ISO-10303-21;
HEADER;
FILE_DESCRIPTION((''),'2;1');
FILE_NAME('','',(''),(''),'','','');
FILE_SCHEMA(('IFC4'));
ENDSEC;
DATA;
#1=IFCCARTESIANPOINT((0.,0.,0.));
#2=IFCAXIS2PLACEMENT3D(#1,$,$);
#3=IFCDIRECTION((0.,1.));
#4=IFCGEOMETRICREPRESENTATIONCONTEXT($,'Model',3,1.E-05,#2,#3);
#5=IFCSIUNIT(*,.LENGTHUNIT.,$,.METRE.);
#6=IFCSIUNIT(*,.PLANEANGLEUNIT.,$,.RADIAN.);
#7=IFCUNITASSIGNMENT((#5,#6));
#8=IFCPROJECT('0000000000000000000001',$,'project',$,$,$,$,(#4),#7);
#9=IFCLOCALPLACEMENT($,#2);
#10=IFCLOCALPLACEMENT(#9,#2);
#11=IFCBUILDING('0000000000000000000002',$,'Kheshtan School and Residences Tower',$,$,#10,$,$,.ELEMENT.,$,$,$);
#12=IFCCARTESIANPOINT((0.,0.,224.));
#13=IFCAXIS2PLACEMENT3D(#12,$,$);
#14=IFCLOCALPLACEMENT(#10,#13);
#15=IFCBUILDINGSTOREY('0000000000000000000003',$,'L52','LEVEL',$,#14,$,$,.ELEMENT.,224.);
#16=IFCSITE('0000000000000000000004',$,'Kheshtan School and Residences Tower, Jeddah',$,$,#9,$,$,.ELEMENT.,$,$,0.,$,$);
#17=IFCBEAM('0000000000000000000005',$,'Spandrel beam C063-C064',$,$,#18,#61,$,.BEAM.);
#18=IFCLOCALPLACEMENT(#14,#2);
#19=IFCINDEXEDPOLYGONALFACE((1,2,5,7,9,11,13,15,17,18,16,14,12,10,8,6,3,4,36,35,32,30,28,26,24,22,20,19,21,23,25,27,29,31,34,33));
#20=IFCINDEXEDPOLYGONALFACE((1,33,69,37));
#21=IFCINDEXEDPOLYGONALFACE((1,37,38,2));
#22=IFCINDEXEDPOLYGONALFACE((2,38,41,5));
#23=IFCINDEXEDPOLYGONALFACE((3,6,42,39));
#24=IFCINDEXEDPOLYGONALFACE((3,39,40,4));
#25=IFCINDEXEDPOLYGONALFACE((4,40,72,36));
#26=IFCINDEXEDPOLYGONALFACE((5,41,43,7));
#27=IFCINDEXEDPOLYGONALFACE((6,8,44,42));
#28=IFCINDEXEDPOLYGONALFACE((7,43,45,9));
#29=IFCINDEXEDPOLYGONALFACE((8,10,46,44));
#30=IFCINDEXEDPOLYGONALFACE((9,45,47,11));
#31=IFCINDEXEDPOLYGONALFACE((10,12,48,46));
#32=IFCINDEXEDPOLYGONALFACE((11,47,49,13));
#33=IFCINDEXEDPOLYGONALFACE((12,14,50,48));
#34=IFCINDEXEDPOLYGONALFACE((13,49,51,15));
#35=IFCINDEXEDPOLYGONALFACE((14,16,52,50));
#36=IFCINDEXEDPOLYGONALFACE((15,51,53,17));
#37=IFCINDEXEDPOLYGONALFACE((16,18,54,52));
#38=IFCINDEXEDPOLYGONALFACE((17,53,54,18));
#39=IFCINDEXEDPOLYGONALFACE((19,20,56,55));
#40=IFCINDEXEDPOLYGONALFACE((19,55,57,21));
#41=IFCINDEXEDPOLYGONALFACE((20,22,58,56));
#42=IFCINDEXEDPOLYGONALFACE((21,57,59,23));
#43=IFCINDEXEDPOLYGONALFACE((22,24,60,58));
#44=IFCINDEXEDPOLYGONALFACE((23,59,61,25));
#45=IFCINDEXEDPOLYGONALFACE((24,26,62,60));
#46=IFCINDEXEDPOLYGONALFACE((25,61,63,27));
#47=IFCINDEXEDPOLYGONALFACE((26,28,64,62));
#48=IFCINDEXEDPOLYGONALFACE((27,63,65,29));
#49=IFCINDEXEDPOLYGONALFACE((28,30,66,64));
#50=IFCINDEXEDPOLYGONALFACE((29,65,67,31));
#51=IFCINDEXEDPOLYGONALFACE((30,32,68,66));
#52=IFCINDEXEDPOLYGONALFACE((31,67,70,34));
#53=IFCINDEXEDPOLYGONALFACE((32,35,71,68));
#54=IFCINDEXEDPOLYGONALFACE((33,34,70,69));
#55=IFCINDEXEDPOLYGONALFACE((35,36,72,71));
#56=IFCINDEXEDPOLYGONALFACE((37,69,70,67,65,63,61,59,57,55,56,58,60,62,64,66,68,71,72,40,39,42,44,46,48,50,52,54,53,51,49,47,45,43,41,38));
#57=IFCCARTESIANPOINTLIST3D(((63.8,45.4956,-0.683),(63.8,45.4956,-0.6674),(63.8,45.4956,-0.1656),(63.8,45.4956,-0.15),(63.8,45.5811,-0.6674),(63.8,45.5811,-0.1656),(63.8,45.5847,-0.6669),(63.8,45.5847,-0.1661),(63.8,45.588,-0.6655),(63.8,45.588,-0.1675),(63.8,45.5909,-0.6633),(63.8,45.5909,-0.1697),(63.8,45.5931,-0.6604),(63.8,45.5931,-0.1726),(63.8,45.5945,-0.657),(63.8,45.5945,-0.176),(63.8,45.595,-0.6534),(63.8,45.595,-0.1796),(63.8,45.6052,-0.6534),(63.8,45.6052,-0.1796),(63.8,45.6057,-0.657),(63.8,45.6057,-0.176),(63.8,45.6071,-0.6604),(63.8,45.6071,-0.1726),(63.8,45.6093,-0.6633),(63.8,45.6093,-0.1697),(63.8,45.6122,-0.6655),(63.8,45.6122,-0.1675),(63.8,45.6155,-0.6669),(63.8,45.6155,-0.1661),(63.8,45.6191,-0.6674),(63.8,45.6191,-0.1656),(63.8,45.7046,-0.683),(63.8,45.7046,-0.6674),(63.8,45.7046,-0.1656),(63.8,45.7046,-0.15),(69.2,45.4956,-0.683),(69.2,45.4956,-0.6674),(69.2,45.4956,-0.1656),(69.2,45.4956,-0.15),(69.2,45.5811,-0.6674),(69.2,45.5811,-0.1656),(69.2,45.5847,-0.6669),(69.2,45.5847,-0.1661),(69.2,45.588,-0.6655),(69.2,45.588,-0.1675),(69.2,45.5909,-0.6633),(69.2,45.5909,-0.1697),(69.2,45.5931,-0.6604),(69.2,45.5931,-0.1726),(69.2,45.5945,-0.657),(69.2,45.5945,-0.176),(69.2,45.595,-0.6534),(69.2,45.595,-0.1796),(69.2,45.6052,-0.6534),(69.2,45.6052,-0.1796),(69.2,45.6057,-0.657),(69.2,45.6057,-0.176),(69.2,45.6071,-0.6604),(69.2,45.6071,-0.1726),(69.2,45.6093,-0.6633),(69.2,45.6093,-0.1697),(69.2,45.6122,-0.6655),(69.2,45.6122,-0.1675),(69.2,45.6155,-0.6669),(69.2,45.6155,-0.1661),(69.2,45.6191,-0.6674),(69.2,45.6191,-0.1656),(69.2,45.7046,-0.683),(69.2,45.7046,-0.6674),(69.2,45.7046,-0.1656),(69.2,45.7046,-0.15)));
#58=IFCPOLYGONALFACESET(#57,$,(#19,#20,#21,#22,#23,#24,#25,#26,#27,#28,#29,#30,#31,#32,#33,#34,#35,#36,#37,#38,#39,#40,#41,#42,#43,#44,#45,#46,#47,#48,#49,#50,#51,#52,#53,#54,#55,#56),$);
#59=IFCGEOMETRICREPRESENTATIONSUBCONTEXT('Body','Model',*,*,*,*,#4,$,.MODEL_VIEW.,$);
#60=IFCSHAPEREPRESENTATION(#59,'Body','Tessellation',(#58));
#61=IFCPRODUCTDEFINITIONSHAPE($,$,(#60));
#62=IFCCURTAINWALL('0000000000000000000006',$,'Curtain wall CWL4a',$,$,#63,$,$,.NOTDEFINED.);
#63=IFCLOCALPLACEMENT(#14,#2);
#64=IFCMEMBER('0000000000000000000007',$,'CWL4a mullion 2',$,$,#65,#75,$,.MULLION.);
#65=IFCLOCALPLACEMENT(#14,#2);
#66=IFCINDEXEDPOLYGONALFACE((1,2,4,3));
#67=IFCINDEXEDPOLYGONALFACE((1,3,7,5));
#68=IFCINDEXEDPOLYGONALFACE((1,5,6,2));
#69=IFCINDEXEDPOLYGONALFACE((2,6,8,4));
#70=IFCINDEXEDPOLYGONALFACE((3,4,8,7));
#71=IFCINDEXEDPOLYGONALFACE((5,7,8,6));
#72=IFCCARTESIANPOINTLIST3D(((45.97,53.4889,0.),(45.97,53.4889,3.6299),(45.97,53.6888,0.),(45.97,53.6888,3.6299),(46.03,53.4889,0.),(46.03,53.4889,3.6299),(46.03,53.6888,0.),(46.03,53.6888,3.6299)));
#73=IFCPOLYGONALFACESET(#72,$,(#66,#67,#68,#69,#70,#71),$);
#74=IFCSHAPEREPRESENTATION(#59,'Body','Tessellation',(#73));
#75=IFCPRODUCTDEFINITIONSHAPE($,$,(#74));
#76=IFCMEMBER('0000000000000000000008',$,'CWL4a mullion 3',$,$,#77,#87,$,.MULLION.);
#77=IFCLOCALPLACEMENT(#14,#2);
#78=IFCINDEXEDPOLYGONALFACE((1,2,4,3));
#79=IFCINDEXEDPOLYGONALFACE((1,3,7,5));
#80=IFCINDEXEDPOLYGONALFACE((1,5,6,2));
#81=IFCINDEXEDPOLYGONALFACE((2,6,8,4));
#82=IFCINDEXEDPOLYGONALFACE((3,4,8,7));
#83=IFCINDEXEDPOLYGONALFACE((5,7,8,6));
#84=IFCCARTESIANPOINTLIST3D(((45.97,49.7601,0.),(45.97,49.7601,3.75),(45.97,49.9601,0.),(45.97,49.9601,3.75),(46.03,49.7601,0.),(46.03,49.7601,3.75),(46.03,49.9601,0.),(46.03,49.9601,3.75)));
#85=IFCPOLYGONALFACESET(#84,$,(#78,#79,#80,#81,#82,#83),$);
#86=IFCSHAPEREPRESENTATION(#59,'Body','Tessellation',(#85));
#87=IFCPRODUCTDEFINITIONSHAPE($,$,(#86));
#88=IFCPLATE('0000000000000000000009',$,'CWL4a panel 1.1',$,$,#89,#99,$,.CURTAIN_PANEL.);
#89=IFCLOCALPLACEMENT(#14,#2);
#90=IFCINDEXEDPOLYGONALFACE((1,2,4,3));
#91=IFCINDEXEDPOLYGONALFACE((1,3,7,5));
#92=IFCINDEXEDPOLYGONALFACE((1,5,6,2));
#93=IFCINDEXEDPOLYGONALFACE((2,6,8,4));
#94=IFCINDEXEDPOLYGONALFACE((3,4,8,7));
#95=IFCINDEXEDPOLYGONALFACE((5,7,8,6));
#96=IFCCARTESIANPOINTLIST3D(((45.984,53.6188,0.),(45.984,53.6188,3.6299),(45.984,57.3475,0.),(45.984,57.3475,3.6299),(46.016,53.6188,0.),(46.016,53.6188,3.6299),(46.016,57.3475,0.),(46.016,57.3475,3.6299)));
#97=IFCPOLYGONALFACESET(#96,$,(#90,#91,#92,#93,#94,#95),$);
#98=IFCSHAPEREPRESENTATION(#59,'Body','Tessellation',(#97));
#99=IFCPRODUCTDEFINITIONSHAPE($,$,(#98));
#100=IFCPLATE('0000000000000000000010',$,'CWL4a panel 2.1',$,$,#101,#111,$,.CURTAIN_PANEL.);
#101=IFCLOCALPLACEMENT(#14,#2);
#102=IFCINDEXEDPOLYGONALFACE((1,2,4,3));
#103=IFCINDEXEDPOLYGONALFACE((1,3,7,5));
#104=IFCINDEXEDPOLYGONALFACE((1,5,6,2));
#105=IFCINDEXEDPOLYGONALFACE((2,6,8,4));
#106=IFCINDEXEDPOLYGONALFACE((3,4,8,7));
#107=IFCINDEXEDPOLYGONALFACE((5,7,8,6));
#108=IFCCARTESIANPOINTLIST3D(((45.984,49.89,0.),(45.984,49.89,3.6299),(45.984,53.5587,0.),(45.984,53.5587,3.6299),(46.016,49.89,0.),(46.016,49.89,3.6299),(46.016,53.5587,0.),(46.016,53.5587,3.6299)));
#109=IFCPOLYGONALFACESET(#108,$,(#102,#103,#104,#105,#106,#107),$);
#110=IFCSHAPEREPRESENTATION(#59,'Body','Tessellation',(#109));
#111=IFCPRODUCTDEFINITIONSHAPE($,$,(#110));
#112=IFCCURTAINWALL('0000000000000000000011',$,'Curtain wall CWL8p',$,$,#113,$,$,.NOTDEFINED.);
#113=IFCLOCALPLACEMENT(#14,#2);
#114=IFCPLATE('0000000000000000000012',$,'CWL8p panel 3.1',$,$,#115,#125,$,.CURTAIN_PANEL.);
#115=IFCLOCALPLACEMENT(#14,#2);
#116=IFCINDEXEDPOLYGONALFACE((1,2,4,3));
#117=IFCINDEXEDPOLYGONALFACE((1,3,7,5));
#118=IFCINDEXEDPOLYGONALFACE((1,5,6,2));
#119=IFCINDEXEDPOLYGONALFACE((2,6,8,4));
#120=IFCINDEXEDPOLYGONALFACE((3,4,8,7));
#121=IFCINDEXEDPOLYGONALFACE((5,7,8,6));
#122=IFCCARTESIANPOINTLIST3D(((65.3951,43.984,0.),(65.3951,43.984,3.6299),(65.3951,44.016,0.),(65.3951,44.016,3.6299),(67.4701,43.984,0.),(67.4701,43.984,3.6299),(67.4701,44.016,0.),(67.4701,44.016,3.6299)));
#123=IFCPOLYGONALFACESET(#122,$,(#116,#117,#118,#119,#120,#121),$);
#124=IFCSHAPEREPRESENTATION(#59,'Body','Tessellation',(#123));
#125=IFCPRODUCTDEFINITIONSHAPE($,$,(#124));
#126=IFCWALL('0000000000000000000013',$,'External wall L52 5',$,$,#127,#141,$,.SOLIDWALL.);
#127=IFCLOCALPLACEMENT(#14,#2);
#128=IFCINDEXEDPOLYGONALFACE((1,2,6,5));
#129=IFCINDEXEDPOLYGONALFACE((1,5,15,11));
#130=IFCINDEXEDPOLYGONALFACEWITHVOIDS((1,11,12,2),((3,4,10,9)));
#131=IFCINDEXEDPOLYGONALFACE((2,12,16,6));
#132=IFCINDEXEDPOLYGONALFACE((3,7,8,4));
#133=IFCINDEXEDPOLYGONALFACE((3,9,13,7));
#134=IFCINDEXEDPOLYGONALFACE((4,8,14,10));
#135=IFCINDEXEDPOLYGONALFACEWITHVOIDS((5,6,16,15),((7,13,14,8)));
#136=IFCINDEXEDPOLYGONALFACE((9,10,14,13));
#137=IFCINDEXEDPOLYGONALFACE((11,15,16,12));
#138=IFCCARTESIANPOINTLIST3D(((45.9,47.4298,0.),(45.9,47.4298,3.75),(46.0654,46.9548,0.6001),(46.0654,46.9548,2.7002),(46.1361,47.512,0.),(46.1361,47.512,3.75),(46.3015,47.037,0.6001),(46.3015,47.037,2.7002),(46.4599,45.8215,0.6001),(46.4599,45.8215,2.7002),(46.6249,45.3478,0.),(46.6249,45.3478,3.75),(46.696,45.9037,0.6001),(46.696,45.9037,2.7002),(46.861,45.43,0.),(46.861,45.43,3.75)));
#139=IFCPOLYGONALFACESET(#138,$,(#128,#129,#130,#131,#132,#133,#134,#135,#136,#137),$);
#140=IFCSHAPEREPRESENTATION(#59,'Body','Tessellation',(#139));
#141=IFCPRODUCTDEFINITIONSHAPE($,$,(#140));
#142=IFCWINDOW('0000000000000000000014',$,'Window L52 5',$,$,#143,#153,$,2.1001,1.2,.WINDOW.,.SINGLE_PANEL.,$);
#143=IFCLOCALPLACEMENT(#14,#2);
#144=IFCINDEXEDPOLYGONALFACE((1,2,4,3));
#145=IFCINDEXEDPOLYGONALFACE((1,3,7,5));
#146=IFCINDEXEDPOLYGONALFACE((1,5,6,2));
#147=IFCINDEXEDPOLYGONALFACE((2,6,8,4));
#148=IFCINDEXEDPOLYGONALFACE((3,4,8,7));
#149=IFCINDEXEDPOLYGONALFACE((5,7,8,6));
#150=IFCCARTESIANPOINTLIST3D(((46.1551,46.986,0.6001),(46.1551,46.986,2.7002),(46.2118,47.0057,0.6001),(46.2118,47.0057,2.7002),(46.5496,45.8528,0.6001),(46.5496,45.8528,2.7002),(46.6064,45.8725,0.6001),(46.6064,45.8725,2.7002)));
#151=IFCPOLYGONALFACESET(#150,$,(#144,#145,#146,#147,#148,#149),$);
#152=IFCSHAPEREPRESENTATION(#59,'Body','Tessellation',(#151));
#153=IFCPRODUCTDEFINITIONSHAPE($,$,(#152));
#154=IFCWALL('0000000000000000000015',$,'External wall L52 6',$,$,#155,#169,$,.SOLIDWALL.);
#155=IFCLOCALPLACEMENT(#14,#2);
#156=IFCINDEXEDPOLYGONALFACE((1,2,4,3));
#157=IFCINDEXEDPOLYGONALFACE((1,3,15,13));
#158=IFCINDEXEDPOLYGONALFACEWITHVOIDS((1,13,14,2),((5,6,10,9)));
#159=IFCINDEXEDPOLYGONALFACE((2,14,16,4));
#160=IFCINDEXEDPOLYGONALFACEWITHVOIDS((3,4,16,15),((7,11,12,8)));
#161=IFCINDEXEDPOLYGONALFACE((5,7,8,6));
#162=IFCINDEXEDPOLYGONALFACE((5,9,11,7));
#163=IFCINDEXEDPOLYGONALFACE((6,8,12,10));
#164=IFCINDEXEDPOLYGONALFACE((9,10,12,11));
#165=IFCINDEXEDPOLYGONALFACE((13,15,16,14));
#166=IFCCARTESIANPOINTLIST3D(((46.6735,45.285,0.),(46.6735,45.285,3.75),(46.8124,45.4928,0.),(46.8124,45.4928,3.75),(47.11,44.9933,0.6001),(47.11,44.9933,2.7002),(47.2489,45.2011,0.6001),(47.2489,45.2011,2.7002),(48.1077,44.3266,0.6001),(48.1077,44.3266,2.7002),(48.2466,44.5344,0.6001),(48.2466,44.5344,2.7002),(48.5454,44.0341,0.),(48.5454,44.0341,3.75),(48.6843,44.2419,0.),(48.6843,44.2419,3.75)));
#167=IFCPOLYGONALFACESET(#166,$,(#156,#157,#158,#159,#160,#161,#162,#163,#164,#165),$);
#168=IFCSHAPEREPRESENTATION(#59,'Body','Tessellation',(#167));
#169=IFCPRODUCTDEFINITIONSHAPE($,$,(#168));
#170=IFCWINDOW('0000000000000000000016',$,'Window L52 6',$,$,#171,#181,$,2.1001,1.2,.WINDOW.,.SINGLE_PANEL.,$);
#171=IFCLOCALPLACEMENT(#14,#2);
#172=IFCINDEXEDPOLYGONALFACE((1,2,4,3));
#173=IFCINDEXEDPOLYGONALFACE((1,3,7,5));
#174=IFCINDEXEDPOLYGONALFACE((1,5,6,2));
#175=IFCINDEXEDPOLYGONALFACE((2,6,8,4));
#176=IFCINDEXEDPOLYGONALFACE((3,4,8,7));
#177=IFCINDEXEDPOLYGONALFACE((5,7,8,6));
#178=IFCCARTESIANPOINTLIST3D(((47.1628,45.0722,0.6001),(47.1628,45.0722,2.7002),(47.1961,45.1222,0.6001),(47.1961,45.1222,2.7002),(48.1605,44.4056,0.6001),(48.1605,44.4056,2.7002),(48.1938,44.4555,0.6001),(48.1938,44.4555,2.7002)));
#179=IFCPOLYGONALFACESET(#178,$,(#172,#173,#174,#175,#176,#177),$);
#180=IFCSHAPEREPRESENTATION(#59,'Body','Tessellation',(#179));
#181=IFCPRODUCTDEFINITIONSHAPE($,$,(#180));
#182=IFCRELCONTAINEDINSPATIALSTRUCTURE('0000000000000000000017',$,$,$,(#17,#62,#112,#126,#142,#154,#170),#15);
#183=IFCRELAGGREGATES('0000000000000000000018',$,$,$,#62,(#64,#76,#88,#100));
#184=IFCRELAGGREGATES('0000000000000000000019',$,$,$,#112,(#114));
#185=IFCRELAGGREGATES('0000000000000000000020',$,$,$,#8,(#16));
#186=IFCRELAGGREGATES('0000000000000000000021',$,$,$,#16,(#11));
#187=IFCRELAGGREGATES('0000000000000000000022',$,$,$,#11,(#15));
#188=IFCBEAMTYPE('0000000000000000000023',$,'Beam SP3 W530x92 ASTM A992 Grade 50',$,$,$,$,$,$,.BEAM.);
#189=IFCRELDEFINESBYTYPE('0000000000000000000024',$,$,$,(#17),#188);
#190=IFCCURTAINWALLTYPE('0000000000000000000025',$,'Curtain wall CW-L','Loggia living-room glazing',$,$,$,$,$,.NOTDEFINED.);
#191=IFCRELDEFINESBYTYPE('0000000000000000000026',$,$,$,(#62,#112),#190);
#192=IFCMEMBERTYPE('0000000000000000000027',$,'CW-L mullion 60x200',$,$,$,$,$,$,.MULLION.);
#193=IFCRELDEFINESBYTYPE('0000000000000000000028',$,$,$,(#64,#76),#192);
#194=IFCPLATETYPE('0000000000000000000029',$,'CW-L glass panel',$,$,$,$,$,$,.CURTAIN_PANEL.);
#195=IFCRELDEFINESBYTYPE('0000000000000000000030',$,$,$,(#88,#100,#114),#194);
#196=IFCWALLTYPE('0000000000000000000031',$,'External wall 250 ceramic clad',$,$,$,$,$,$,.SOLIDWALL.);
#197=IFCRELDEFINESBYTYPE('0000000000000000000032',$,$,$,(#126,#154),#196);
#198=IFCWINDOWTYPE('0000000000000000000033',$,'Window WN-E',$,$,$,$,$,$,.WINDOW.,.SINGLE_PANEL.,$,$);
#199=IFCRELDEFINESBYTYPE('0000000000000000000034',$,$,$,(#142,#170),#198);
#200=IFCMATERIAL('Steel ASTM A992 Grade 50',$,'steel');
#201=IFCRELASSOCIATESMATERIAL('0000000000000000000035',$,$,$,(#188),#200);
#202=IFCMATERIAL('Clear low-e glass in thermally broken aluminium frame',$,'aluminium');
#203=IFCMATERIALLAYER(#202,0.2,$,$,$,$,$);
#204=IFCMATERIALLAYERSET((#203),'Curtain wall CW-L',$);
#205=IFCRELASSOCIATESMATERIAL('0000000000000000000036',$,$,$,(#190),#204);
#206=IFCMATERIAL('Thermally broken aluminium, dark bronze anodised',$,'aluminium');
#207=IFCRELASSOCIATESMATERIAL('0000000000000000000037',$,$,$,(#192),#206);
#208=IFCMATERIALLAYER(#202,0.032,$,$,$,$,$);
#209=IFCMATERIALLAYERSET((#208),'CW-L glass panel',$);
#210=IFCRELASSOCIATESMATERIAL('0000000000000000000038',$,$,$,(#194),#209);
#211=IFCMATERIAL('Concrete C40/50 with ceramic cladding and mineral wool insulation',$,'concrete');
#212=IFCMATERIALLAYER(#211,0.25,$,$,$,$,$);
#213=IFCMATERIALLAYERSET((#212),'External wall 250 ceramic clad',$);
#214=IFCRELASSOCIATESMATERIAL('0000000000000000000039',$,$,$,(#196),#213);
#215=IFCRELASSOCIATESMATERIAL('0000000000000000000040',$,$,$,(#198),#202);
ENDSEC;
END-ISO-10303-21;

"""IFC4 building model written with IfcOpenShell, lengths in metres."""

from ifc_helpers import new_model, si_unit, direction, frame, frame_2d, origin, origin_2d, place, context, subcontext, project, spatial, rectangle, i_section, extrude, source, transform, mapped, material, layer, layer_set, material_profile, profile_set, type_object, element, fill, aggregate, save


model = new_model("IFC4")

# Units and contexts
model_context = context("Model", 3, precision=1e-05, world=origin(), true_north=direction((0.0, 1.0)))
body_context = subcontext(model_context, "Body", "Model", "MODEL_VIEW")
ifc_project = project(units=[si_unit("LENGTHUNIT", "METRE"), si_unit("PLANEANGLEUNIT", "RADIAN")], contexts=[model_context])

# Site, building, storey
site_placement = place(None, origin())
site = spatial("IfcSite", under=ifc_project, at=site_placement, Name="Kheshtan School and Residences Tower, Jeddah", CompositionType="ELEMENT", RefElevation=0.0)
building_placement = place(site_placement, origin())
building = spatial("IfcBuilding", under=site, at=building_placement, Name="Kheshtan School and Residences Tower", CompositionType="ELEMENT")
storey_placement = place(building_placement, frame((0.0, 0.0, 224.0)))
storey = spatial("IfcBuildingStorey", under=building, at=storey_placement, Name="L52", Description="LEVEL", CompositionType="ELEMENT", Elevation=224.0)

# Shared definitions
ifc_material_1 = material(Name="Steel ASTM A992 Grade 50", Category="steel")

# Beam
ifc_material_profile_1 = material_profile(ifc_material_1, i_section(OverallWidth=0.209, OverallDepth=0.533, WebThickness=0.0103, FlangeThickness=0.0156, FilletRadius=0.0139, at=origin_2d()), Name="W530x92")
ifc_profile_set_1 = profile_set([ifc_material_profile_1], Name="Steel ASTM A992 Grade 50")
beam_type_1 = type_object("IfcBeamType", Name="Beam SP3 W530x92 ASTM A992 Grade 50", PredefinedType="BEAM", material=ifc_profile_set_1)
beam_1_placement = place(storey_placement, frame((63.8, 45.6001, -0.4165), z_axis=(1.0, 0.0, 0.0), x_axis=(0.0, 1.0, 0.0)))
element("IfcBeam", 1, at=beam_1_placement, inside=storey, type_object=beam_type_1, Name="Spandrel beam C063-C064", PredefinedType="BEAM", context=body_context, shape_type="SweptSolid", body=[
    extrude(i_section(OverallWidth=0.209, OverallDepth=0.533, WebThickness=0.0103, FlangeThickness=0.0156, FilletRadius=0.0139, at=origin_2d()), origin(), (0.0, 0.0, 1.0), 5.3999),
])

# Curtain wall, members, plates
ifc_material_2 = material(Name="Clear low-e glass in thermally broken aluminium frame", Category="aluminium")
ifc_layer_1 = layer(ifc_material_2, 0.2)
ifc_layer_set_1 = layer_set([ifc_layer_1], Name="Curtain wall CW-L")
curtain_wall_type = type_object("IfcCurtainWallType", Name="Curtain wall CW-L", Description="Loggia living-room glazing", PredefinedType="NOTDEFINED", material=ifc_layer_set_1)
curtain_wall_1_placement = place(storey_placement, origin())
curtain_wall_1 = element("IfcCurtainWall", 2, at=curtain_wall_1_placement, inside=storey, type_object=curtain_wall_type, Name="Curtain wall CWL4a", PredefinedType="NOTDEFINED")
ifc_material_3 = material(Name="Thermally broken aluminium, dark bronze anodised", Category="aluminium")
ifc_material_profile_2 = material_profile(ifc_material_3, rectangle(XDim=0.0601, YDim=0.2, at=origin_2d()), Name="CW-L mullion 60x200")
ifc_profile_set_2 = profile_set([ifc_material_profile_2], Name="Thermally broken aluminium, dark bronze anodised")
member_type = type_object("IfcMemberType", Name="CW-L mullion 60x200", PredefinedType="MULLION", material=ifc_profile_set_2)
member_1_placement = place(storey_placement, frame((46.0, 53.5889, 0.0), z_axis=(0.0, 0.0, 1.0), x_axis=(1.0, 0.0, 0.0)))
member_1 = element("IfcMember", 3, at=member_1_placement, type_object=member_type, Name="CWL4a mullion 2", PredefinedType="MULLION", context=body_context, shape_type="SweptSolid", body=[
    extrude(rectangle(XDim=0.0601, YDim=0.2, at=origin_2d()), origin(), (0.0, 0.0, 1.0), 3.6299),
])
member_2_placement = place(storey_placement, frame((46.0, 49.8601, 0.0), z_axis=(0.0, 0.0, 1.0), x_axis=(1.0, 0.0, 0.0)))
member_2 = element("IfcMember", 4, at=member_2_placement, type_object=member_type, Name="CWL4a mullion 3", PredefinedType="MULLION", context=body_context, shape_type="SweptSolid", body=[
    extrude(rectangle(XDim=0.0601, YDim=0.2, at=origin_2d()), origin(), (0.0, 0.0, 1.0), 3.75),
])
ifc_layer_2 = layer(ifc_material_2, 0.032)
ifc_layer_set_2 = layer_set([ifc_layer_2], Name="CW-L glass panel")
plate_type = type_object("IfcPlateType", Name="CW-L glass panel", PredefinedType="CURTAIN_PANEL", material=ifc_layer_set_2)
plate_1_placement = place(storey_placement, frame((46.0, 55.4832, 0.0), z_axis=(0.0, 0.0, 1.0), x_axis=(0.0, -1.0, 0.0)))
plate_1 = element("IfcPlate", 5, at=plate_1_placement, type_object=plate_type, Name="CWL4a panel 1.1", PredefinedType="CURTAIN_PANEL", context=body_context, shape_type="SweptSolid", body=[
    extrude(rectangle(XDim=3.7288, YDim=0.032, at=origin_2d()), origin(), (0.0, 0.0, 1.0), 3.6299),
])
plate_2_placement = place(storey_placement, frame((46.0, 51.7244, 0.0), z_axis=(0.0, 0.0, 1.0), x_axis=(0.0, -1.0, 0.0)))
plate_2 = element("IfcPlate", 6, at=plate_2_placement, type_object=plate_type, Name="CWL4a panel 2.1", PredefinedType="CURTAIN_PANEL", context=body_context, shape_type="SweptSolid", body=[
    extrude(rectangle(XDim=3.6687, YDim=0.032, at=origin_2d()), origin(), (0.0, 0.0, 1.0), 3.6299),
])
aggregate(curtain_wall_1, [member_1, member_2, plate_1, plate_2])

# Curtain wall, plate
curtain_wall_2_placement = place(storey_placement, origin())
curtain_wall_2 = element("IfcCurtainWall", 7, at=curtain_wall_2_placement, inside=storey, type_object=curtain_wall_type, Name="Curtain wall CWL8p", PredefinedType="NOTDEFINED")
plate_3_placement = place(storey_placement, frame((66.4326, 44.0, 0.0), z_axis=(0.0, 0.0, 1.0), x_axis=(1.0, 0.0, 0.0)))
plate_3 = element("IfcPlate", 8, at=plate_3_placement, type_object=plate_type, Name="CWL8p panel 3.1", PredefinedType="CURTAIN_PANEL", context=body_context, shape_type="SweptSolid", body=[
    extrude(rectangle(XDim=2.075, YDim=0.032, at=origin_2d()), origin(), (0.0, 0.0, 1.0), 3.6299),
])
aggregate(curtain_wall_2, [plate_3])

# Walls, openings, windows
ifc_material_4 = material(Name="Concrete C40/50 with ceramic cladding and mineral wool insulation", Category="concrete")
ifc_layer_3 = layer(ifc_material_4, 0.25)
ifc_layer_set_3 = layer_set([ifc_layer_3], Name="External wall 250 ceramic clad")
wall_type = type_object("IfcWallType", Name="External wall 250 ceramic clad", PredefinedType="SOLIDWALL", material=ifc_layer_set_3)
wall_1_placement = place(storey_placement, frame((46.0181, 47.4709, 0.0), z_axis=(0.0, 0.0, 1.0), x_axis=(0.328791, -0.944403, 0.0)))
wall_1 = element("IfcWall", 9, at=wall_1_placement, inside=storey, type_object=wall_type, Name="External wall L52 5", PredefinedType="SOLIDWALL", context=body_context, shape_type="SweptSolid", body=[
    extrude(rectangle(XDim=2.2046, YDim=0.25, at=frame_2d((1.1023, 0.0))), origin(), (0.0, 0.0, 1.0), 3.75),
])
opening_1_placement = place(wall_1_placement, frame((0.5029, 0.0, 0.6001)))
opening_1 = element("IfcOpeningElement", 10, at=opening_1_placement, cuts=wall_1, PredefinedType="OPENING", context=body_context, shape_type="SweptSolid", body=[
    extrude(rectangle(XDim=1.2, YDim=2.1001, at=frame_2d((0.6001, 1.05))), frame((0.0, 0.135, 0.0), z_axis=(0.0, -1.0, 0.0), x_axis=(1.0, 0.0, 0.0)), (0.0, 0.0, 1.0), 0.27),
])
window_type = type_object("IfcWindowType", Name="Window WN-E", PartitioningType="SINGLE_PANEL", PredefinedType="WINDOW", material=ifc_material_2)
shared_shape = source(origin(), body_context, "Body", "SweptSolid", [
    extrude(rectangle(XDim=1.2, YDim=2.1001, at=frame_2d((0.6001, 1.05))), frame((0.0, 0.03, 0.0), z_axis=(0.0, -1.0, 0.0), x_axis=(1.0, 0.0, 0.0)), (0.0, 0.0, 1.0), 0.0601),
])
window_1_placement = place(opening_1_placement, origin())
window_1 = element("IfcWindow", 11, at=window_1_placement, inside=storey, type_object=window_type, Name="Window L52 5", OverallHeight=2.1001, OverallWidth=1.2, PartitioningType="SINGLE_PANEL", PredefinedType="WINDOW", context=body_context, shape_type="MappedRepresentation", body=[
    mapped(shared_shape, transform((0.0, 0.0, 0.0), x_axis=(1.0, 0.0, 0.0), y_axis=(0.0, 1.0, 0.0), z_axis=(0.0, 0.0, 1.0), scale=1.0)),
])
fill(opening_1, window_1)
wall_2_placement = place(storey_placement, frame((46.7429, 45.3889, 0.0), z_axis=(0.0, 0.0, 1.0), x_axis=(0.831449, -0.555601, 0.0)))
wall_2 = element("IfcWall", 12, at=wall_2_placement, inside=storey, type_object=wall_type, Name="External wall L52 6", PredefinedType="SOLIDWALL", context=body_context, shape_type="SweptSolid", body=[
    extrude(rectangle(XDim=2.2515, YDim=0.25, at=frame_2d((1.1257, 0.0))), origin(), (0.0, 0.0, 1.0), 3.75),
])
opening_2_placement = place(wall_2_placement, frame((0.5249, 0.0, 0.6001)))
opening_2 = element("IfcOpeningElement", 13, at=opening_2_placement, cuts=wall_2, PredefinedType="OPENING", context=body_context, shape_type="SweptSolid", body=[
    extrude(rectangle(XDim=1.2, YDim=2.1001, at=frame_2d((0.6001, 1.05))), frame((0.0, 0.135, 0.0), z_axis=(0.0, -1.0, 0.0), x_axis=(1.0, 0.0, 0.0)), (0.0, 0.0, 1.0), 0.27),
])
window_2_placement = place(opening_2_placement, origin())
window_2 = element("IfcWindow", 14, at=window_2_placement, inside=storey, type_object=window_type, Name="Window L52 6", OverallHeight=2.1001, OverallWidth=1.2, PartitioningType="SINGLE_PANEL", PredefinedType="WINDOW", context=body_context, shape_type="MappedRepresentation", body=[
    mapped(shared_shape, transform((0.0, 0.0, 0.0), x_axis=(1.0, 0.0, 0.0), y_axis=(0.0, 1.0, 0.0), z_axis=(0.0, 0.0, 1.0), scale=1.0)),
])
fill(opening_2, window_2)

save(model, "model.ifc")
